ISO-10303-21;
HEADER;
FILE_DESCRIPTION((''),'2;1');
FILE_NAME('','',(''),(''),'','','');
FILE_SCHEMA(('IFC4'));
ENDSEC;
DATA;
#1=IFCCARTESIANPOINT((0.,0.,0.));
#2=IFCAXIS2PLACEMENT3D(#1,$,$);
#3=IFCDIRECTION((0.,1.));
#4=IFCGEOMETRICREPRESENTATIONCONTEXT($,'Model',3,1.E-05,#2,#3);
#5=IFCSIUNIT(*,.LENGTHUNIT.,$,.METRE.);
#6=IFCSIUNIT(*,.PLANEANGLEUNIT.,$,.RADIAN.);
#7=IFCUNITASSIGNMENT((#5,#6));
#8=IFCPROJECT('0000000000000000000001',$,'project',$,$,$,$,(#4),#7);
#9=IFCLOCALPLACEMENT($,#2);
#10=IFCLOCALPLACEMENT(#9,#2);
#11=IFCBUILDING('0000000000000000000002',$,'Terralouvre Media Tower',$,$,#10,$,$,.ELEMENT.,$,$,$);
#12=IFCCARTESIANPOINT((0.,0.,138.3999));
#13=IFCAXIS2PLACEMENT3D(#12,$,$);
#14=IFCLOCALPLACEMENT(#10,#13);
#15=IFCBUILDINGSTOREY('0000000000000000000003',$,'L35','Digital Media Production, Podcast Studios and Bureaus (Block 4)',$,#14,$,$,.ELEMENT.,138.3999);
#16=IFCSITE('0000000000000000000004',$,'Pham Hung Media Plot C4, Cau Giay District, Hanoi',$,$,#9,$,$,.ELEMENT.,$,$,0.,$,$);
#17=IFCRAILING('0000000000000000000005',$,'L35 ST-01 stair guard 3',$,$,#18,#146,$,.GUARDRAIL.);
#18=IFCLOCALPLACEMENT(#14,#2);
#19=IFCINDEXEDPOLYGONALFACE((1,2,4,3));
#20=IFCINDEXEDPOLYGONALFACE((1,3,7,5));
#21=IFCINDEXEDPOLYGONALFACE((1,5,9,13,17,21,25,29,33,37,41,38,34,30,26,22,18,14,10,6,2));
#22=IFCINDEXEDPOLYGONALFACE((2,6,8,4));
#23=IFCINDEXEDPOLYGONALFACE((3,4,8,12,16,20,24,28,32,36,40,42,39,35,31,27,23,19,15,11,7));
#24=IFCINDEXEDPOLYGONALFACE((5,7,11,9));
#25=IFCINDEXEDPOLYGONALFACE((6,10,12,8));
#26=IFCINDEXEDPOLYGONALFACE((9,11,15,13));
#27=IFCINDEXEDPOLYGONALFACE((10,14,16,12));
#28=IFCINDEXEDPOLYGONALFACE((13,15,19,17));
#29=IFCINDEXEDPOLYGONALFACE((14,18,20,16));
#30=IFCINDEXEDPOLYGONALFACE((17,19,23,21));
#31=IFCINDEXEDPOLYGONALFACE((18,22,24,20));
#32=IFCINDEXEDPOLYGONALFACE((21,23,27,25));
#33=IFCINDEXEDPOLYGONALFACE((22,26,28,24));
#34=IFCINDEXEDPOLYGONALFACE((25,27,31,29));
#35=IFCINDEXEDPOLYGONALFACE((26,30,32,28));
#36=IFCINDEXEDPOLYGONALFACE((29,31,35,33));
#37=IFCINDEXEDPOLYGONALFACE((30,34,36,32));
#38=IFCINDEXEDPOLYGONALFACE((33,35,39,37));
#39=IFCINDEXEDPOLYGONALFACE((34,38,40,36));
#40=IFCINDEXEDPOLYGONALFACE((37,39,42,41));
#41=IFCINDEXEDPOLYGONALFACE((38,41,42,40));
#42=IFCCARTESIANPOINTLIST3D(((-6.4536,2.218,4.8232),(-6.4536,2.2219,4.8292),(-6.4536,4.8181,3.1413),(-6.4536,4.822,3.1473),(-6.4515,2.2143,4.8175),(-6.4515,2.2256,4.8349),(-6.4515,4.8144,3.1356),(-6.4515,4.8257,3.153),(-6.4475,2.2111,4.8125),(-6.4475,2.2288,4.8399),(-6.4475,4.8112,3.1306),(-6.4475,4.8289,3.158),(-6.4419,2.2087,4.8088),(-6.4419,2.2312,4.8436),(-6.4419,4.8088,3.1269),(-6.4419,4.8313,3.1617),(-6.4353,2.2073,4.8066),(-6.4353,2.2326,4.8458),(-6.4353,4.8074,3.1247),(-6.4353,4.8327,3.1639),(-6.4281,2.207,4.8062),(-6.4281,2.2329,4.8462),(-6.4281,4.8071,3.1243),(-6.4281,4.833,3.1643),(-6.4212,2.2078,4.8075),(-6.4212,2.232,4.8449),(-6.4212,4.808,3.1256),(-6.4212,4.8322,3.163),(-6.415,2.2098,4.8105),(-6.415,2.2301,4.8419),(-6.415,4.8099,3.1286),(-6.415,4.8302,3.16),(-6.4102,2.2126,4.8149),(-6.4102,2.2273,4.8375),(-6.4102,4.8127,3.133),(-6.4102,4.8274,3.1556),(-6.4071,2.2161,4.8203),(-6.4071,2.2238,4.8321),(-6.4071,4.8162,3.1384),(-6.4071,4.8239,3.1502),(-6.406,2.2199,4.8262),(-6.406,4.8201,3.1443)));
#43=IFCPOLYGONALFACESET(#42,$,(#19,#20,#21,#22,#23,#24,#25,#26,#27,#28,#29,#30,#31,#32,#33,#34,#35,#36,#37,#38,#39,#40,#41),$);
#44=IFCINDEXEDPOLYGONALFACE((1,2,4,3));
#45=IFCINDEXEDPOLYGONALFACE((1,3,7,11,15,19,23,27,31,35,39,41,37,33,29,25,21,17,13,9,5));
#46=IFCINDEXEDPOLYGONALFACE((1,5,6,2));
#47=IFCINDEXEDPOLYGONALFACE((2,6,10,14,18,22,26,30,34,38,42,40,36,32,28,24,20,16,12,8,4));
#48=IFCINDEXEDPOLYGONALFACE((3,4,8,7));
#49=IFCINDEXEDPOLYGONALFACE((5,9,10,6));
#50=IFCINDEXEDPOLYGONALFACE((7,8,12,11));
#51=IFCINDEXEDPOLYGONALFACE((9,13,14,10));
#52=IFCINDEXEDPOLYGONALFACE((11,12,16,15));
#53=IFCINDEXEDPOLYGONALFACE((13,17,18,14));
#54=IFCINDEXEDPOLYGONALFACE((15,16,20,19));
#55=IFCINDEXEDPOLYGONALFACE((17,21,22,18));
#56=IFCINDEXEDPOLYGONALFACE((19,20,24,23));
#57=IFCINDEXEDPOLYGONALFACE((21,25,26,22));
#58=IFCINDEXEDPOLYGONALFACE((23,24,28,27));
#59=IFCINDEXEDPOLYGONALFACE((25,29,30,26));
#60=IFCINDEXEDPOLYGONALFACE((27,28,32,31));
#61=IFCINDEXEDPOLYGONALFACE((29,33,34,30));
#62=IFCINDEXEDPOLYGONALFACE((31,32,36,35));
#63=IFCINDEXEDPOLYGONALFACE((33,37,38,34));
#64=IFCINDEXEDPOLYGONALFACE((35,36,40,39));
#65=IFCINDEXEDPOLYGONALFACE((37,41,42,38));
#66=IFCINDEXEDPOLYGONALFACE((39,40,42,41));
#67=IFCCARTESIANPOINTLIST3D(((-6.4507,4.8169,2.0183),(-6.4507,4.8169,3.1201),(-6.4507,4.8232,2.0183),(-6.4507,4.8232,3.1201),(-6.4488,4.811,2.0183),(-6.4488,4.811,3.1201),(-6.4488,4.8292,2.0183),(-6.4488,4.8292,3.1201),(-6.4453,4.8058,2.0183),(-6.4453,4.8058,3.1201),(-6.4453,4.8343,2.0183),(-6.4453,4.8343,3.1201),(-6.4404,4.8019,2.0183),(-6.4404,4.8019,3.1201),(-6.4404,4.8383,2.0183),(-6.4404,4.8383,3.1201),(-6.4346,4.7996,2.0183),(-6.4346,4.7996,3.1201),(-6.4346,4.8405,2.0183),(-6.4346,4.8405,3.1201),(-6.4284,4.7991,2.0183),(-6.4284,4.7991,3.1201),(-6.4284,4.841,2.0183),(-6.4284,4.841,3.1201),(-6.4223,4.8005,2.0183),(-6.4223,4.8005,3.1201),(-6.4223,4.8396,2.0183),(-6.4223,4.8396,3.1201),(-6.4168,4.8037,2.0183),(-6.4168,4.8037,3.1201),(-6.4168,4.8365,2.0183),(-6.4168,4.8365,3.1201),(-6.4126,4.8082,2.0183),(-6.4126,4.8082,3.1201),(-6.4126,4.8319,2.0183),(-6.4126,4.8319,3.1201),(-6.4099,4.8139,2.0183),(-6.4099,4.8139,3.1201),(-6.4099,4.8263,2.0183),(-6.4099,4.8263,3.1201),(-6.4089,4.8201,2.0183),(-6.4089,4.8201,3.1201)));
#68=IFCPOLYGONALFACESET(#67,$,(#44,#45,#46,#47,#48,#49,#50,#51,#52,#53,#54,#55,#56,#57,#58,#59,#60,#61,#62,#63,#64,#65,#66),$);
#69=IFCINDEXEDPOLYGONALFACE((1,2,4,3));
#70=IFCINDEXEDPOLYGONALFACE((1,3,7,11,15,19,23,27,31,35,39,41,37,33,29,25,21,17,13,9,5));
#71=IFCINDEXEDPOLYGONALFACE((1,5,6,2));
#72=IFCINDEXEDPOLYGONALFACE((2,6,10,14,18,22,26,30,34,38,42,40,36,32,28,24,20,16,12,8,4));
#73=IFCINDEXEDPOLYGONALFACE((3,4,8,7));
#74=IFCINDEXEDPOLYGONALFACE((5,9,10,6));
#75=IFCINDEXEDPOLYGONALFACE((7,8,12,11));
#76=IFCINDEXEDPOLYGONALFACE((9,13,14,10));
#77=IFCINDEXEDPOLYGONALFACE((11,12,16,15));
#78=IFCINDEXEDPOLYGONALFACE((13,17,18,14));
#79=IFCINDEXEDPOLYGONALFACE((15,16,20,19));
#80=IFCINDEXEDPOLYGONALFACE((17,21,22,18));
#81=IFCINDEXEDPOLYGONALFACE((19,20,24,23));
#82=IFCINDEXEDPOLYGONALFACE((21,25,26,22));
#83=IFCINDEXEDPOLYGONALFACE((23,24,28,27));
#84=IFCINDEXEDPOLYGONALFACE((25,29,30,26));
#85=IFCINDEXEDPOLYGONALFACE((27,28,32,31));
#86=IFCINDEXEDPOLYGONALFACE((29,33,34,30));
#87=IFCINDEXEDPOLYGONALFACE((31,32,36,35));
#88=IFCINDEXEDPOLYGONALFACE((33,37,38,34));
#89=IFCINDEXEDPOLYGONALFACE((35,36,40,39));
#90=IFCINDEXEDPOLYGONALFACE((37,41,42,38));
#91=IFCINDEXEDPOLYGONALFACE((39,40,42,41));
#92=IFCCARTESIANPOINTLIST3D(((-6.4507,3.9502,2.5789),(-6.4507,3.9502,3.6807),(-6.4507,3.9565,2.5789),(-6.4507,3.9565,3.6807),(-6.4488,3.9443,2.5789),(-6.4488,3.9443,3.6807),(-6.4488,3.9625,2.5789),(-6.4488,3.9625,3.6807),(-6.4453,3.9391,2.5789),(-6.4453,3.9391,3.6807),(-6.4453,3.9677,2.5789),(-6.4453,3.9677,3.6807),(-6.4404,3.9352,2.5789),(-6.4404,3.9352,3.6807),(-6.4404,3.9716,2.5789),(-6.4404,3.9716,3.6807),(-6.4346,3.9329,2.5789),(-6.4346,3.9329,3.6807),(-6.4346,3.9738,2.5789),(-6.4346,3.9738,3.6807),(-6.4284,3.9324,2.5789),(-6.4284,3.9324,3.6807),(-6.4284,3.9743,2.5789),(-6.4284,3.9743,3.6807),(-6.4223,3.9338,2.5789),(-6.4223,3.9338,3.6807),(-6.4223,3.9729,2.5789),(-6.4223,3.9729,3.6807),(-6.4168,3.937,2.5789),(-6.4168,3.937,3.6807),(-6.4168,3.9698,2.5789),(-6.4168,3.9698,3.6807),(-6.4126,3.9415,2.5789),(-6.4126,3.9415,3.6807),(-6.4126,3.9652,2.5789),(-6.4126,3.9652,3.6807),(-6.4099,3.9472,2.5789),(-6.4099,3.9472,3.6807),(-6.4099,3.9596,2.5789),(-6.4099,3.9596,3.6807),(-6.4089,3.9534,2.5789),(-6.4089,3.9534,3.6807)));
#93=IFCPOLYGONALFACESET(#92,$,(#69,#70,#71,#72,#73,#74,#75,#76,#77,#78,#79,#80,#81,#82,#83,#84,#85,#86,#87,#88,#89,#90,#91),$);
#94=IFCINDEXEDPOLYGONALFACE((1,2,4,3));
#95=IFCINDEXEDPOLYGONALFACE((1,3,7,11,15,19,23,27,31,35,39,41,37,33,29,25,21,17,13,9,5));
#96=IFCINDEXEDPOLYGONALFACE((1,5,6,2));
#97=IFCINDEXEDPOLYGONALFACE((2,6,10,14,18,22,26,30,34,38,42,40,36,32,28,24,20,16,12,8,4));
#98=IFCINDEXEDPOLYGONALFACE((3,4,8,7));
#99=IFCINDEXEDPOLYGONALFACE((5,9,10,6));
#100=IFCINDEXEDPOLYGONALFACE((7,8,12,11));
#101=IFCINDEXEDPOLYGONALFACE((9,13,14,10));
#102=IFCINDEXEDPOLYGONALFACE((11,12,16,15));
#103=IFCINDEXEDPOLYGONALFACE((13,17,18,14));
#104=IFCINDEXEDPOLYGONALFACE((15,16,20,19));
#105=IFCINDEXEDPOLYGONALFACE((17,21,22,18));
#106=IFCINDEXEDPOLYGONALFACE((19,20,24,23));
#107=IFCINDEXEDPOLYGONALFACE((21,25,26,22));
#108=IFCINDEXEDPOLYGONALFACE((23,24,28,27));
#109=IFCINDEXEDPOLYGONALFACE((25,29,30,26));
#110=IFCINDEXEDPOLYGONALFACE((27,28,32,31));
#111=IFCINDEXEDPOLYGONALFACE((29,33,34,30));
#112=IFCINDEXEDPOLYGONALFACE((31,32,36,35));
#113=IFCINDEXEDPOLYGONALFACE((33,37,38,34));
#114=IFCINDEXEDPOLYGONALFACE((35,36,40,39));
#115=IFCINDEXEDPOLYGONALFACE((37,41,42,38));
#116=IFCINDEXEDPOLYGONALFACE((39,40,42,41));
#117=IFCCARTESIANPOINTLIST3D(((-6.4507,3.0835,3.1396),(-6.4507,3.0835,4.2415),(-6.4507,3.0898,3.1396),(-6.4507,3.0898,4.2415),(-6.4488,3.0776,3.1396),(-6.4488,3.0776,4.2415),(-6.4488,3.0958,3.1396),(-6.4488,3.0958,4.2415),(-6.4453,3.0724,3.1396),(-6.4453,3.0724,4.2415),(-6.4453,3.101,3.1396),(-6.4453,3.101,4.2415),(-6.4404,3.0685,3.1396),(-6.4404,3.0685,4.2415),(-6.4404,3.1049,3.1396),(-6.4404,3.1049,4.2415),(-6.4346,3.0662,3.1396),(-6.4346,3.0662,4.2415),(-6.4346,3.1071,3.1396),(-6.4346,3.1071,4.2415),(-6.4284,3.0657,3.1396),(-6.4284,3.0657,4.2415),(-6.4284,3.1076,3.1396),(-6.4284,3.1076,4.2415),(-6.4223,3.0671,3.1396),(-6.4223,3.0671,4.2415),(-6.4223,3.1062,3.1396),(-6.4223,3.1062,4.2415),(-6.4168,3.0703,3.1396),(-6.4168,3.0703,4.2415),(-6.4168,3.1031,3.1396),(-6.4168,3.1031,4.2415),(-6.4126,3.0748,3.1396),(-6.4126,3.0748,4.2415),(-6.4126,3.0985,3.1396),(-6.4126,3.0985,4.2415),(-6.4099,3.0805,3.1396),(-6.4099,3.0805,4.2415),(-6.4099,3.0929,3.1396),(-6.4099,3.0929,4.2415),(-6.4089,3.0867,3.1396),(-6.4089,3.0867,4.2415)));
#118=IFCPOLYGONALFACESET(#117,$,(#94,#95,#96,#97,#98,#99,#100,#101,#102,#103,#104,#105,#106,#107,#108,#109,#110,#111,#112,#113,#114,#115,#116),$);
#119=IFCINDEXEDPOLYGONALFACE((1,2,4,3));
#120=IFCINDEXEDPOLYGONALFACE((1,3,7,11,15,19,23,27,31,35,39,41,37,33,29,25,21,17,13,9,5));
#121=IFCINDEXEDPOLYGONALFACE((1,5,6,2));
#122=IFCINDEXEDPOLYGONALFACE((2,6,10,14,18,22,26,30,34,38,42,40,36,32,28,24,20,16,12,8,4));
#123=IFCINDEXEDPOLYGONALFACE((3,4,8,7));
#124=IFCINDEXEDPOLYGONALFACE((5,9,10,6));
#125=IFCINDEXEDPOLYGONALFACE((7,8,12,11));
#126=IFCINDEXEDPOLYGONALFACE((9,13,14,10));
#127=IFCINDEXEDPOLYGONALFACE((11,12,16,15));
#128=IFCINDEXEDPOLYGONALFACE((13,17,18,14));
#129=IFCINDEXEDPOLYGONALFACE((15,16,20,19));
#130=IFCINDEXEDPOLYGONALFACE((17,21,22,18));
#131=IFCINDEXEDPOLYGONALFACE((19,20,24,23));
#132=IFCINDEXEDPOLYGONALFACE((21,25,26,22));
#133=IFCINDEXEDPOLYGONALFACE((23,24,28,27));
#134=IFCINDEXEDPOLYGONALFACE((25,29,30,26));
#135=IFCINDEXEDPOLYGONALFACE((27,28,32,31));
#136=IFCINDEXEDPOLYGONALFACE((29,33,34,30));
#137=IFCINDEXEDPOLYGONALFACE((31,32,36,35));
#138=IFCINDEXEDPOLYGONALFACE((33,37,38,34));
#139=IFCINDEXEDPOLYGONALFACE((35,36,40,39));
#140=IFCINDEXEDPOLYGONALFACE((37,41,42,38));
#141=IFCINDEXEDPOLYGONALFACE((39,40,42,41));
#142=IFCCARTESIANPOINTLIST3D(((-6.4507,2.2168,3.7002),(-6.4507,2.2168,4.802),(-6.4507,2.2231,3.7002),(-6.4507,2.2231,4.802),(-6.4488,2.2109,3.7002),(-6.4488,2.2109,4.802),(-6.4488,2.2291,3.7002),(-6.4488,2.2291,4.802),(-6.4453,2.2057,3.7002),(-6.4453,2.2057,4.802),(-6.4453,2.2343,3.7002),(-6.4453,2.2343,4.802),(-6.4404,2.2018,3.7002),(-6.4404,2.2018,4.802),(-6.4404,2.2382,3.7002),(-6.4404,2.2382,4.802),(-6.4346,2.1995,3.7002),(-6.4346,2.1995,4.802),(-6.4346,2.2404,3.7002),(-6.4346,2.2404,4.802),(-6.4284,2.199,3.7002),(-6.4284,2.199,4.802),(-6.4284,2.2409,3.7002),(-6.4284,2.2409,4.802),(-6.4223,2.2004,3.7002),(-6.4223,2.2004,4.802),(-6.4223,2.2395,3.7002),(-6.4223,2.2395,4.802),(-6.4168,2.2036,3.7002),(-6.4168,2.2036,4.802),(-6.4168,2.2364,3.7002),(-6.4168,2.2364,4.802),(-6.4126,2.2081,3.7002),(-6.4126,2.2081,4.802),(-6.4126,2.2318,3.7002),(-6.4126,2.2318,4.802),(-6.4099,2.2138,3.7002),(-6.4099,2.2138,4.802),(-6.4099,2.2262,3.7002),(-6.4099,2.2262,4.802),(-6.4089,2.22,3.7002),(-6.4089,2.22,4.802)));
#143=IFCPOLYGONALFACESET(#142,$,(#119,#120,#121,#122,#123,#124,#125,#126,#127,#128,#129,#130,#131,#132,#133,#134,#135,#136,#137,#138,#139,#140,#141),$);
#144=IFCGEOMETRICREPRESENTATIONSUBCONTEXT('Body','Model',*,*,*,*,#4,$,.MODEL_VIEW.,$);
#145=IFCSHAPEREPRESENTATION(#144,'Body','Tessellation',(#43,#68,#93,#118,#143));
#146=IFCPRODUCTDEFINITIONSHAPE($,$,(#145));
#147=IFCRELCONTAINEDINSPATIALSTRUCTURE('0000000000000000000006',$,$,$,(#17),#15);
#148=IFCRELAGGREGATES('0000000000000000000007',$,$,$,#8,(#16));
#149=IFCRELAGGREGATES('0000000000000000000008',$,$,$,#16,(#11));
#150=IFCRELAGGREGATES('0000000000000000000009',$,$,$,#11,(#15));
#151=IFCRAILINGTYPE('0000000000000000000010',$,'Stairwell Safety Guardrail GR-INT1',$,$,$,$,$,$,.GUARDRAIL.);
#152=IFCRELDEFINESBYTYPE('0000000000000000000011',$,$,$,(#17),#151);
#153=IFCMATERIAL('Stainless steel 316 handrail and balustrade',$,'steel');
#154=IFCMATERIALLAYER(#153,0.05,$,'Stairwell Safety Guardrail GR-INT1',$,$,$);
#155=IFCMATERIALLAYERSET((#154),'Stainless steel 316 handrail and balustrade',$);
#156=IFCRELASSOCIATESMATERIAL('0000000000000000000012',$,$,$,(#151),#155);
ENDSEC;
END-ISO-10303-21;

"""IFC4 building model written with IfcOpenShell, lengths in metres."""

from ifc_helpers import new_model, si_unit, direction, frame, origin, origin_2d, place, context, subcontext, project, spatial, circle, extrude, material, layer, layer_set, type_object, element, save


model = new_model("IFC4")

# Units and contexts
model_context = context("Model", 3, precision=1e-05, world=origin(), true_north=direction((0.0, 1.0)))
body_context = subcontext(model_context, "Body", "Model", "MODEL_VIEW")
ifc_project = project(units=[si_unit("LENGTHUNIT", "METRE"), si_unit("PLANEANGLEUNIT", "RADIAN")], contexts=[model_context])

# Site, building, storey
site_placement = place(None, origin())
site = spatial("IfcSite", under=ifc_project, at=site_placement, Name="Pham Hung Media Plot C4, Cau Giay District, Hanoi", CompositionType="ELEMENT", RefElevation=0.0)
building_placement = place(site_placement, origin())
building = spatial("IfcBuilding", under=site, at=building_placement, Name="Terralouvre Media Tower", CompositionType="ELEMENT")
storey_placement = place(building_placement, frame((0.0, 0.0, 138.3999)))
storey = spatial("IfcBuildingStorey", under=building, at=storey_placement, Name="L35", Description="Digital Media Production, Podcast Studios and Bureaus (Block 4)", CompositionType="ELEMENT", Elevation=138.3999)

# Railing
ifc_material_1 = material(Name="Stainless steel 316 handrail and balustrade", Category="steel")
ifc_layer_1 = layer(ifc_material_1, 0.05, Name="Stairwell Safety Guardrail GR-INT1")
ifc_layer_set_1 = layer_set([ifc_layer_1], Name="Stainless steel 316 handrail and balustrade")
railing_type_1 = type_object("IfcRailingType", Name="Stairwell Safety Guardrail GR-INT1", PredefinedType="GUARDRAIL", material=ifc_layer_set_1)
railing_1_placement = place(storey_placement, frame((-6.4299, 4.8201, 2.0183)))
element("IfcRailing", 1, at=railing_1_placement, inside=storey, type_object=railing_type_1, Name="L35 ST-01 stair guard 3", PredefinedType="GUARDRAIL", context=body_context, shape_type="SweptSolid", body=[
    extrude(circle(Radius=0.0239, at=origin_2d()), frame((0.0, 0.0, 1.126), z_axis=(0.0, -0.839648, 0.54313), x_axis=(1.0, 0.0, 0.0)), (0.0, 0.0, 1.0), 3.0967),
    extrude(circle(Radius=0.021, at=origin_2d()), origin(), (0.0, 0.0, 1.0), 1.1018),
    extrude(circle(Radius=0.021, at=origin_2d()), frame((0.0, -0.8667, 0.5605)), (0.0, 0.0, 1.0), 1.1018),
    extrude(circle(Radius=0.021, at=origin_2d()), frame((0.0, -1.7334, 1.1213)), (0.0, 0.0, 1.0), 1.1018),
    extrude(circle(Radius=0.021, at=origin_2d()), frame((0.0, -2.6001, 1.6819)), (0.0, 0.0, 1.0), 1.1018),
])

save(model, "model.ifc")
